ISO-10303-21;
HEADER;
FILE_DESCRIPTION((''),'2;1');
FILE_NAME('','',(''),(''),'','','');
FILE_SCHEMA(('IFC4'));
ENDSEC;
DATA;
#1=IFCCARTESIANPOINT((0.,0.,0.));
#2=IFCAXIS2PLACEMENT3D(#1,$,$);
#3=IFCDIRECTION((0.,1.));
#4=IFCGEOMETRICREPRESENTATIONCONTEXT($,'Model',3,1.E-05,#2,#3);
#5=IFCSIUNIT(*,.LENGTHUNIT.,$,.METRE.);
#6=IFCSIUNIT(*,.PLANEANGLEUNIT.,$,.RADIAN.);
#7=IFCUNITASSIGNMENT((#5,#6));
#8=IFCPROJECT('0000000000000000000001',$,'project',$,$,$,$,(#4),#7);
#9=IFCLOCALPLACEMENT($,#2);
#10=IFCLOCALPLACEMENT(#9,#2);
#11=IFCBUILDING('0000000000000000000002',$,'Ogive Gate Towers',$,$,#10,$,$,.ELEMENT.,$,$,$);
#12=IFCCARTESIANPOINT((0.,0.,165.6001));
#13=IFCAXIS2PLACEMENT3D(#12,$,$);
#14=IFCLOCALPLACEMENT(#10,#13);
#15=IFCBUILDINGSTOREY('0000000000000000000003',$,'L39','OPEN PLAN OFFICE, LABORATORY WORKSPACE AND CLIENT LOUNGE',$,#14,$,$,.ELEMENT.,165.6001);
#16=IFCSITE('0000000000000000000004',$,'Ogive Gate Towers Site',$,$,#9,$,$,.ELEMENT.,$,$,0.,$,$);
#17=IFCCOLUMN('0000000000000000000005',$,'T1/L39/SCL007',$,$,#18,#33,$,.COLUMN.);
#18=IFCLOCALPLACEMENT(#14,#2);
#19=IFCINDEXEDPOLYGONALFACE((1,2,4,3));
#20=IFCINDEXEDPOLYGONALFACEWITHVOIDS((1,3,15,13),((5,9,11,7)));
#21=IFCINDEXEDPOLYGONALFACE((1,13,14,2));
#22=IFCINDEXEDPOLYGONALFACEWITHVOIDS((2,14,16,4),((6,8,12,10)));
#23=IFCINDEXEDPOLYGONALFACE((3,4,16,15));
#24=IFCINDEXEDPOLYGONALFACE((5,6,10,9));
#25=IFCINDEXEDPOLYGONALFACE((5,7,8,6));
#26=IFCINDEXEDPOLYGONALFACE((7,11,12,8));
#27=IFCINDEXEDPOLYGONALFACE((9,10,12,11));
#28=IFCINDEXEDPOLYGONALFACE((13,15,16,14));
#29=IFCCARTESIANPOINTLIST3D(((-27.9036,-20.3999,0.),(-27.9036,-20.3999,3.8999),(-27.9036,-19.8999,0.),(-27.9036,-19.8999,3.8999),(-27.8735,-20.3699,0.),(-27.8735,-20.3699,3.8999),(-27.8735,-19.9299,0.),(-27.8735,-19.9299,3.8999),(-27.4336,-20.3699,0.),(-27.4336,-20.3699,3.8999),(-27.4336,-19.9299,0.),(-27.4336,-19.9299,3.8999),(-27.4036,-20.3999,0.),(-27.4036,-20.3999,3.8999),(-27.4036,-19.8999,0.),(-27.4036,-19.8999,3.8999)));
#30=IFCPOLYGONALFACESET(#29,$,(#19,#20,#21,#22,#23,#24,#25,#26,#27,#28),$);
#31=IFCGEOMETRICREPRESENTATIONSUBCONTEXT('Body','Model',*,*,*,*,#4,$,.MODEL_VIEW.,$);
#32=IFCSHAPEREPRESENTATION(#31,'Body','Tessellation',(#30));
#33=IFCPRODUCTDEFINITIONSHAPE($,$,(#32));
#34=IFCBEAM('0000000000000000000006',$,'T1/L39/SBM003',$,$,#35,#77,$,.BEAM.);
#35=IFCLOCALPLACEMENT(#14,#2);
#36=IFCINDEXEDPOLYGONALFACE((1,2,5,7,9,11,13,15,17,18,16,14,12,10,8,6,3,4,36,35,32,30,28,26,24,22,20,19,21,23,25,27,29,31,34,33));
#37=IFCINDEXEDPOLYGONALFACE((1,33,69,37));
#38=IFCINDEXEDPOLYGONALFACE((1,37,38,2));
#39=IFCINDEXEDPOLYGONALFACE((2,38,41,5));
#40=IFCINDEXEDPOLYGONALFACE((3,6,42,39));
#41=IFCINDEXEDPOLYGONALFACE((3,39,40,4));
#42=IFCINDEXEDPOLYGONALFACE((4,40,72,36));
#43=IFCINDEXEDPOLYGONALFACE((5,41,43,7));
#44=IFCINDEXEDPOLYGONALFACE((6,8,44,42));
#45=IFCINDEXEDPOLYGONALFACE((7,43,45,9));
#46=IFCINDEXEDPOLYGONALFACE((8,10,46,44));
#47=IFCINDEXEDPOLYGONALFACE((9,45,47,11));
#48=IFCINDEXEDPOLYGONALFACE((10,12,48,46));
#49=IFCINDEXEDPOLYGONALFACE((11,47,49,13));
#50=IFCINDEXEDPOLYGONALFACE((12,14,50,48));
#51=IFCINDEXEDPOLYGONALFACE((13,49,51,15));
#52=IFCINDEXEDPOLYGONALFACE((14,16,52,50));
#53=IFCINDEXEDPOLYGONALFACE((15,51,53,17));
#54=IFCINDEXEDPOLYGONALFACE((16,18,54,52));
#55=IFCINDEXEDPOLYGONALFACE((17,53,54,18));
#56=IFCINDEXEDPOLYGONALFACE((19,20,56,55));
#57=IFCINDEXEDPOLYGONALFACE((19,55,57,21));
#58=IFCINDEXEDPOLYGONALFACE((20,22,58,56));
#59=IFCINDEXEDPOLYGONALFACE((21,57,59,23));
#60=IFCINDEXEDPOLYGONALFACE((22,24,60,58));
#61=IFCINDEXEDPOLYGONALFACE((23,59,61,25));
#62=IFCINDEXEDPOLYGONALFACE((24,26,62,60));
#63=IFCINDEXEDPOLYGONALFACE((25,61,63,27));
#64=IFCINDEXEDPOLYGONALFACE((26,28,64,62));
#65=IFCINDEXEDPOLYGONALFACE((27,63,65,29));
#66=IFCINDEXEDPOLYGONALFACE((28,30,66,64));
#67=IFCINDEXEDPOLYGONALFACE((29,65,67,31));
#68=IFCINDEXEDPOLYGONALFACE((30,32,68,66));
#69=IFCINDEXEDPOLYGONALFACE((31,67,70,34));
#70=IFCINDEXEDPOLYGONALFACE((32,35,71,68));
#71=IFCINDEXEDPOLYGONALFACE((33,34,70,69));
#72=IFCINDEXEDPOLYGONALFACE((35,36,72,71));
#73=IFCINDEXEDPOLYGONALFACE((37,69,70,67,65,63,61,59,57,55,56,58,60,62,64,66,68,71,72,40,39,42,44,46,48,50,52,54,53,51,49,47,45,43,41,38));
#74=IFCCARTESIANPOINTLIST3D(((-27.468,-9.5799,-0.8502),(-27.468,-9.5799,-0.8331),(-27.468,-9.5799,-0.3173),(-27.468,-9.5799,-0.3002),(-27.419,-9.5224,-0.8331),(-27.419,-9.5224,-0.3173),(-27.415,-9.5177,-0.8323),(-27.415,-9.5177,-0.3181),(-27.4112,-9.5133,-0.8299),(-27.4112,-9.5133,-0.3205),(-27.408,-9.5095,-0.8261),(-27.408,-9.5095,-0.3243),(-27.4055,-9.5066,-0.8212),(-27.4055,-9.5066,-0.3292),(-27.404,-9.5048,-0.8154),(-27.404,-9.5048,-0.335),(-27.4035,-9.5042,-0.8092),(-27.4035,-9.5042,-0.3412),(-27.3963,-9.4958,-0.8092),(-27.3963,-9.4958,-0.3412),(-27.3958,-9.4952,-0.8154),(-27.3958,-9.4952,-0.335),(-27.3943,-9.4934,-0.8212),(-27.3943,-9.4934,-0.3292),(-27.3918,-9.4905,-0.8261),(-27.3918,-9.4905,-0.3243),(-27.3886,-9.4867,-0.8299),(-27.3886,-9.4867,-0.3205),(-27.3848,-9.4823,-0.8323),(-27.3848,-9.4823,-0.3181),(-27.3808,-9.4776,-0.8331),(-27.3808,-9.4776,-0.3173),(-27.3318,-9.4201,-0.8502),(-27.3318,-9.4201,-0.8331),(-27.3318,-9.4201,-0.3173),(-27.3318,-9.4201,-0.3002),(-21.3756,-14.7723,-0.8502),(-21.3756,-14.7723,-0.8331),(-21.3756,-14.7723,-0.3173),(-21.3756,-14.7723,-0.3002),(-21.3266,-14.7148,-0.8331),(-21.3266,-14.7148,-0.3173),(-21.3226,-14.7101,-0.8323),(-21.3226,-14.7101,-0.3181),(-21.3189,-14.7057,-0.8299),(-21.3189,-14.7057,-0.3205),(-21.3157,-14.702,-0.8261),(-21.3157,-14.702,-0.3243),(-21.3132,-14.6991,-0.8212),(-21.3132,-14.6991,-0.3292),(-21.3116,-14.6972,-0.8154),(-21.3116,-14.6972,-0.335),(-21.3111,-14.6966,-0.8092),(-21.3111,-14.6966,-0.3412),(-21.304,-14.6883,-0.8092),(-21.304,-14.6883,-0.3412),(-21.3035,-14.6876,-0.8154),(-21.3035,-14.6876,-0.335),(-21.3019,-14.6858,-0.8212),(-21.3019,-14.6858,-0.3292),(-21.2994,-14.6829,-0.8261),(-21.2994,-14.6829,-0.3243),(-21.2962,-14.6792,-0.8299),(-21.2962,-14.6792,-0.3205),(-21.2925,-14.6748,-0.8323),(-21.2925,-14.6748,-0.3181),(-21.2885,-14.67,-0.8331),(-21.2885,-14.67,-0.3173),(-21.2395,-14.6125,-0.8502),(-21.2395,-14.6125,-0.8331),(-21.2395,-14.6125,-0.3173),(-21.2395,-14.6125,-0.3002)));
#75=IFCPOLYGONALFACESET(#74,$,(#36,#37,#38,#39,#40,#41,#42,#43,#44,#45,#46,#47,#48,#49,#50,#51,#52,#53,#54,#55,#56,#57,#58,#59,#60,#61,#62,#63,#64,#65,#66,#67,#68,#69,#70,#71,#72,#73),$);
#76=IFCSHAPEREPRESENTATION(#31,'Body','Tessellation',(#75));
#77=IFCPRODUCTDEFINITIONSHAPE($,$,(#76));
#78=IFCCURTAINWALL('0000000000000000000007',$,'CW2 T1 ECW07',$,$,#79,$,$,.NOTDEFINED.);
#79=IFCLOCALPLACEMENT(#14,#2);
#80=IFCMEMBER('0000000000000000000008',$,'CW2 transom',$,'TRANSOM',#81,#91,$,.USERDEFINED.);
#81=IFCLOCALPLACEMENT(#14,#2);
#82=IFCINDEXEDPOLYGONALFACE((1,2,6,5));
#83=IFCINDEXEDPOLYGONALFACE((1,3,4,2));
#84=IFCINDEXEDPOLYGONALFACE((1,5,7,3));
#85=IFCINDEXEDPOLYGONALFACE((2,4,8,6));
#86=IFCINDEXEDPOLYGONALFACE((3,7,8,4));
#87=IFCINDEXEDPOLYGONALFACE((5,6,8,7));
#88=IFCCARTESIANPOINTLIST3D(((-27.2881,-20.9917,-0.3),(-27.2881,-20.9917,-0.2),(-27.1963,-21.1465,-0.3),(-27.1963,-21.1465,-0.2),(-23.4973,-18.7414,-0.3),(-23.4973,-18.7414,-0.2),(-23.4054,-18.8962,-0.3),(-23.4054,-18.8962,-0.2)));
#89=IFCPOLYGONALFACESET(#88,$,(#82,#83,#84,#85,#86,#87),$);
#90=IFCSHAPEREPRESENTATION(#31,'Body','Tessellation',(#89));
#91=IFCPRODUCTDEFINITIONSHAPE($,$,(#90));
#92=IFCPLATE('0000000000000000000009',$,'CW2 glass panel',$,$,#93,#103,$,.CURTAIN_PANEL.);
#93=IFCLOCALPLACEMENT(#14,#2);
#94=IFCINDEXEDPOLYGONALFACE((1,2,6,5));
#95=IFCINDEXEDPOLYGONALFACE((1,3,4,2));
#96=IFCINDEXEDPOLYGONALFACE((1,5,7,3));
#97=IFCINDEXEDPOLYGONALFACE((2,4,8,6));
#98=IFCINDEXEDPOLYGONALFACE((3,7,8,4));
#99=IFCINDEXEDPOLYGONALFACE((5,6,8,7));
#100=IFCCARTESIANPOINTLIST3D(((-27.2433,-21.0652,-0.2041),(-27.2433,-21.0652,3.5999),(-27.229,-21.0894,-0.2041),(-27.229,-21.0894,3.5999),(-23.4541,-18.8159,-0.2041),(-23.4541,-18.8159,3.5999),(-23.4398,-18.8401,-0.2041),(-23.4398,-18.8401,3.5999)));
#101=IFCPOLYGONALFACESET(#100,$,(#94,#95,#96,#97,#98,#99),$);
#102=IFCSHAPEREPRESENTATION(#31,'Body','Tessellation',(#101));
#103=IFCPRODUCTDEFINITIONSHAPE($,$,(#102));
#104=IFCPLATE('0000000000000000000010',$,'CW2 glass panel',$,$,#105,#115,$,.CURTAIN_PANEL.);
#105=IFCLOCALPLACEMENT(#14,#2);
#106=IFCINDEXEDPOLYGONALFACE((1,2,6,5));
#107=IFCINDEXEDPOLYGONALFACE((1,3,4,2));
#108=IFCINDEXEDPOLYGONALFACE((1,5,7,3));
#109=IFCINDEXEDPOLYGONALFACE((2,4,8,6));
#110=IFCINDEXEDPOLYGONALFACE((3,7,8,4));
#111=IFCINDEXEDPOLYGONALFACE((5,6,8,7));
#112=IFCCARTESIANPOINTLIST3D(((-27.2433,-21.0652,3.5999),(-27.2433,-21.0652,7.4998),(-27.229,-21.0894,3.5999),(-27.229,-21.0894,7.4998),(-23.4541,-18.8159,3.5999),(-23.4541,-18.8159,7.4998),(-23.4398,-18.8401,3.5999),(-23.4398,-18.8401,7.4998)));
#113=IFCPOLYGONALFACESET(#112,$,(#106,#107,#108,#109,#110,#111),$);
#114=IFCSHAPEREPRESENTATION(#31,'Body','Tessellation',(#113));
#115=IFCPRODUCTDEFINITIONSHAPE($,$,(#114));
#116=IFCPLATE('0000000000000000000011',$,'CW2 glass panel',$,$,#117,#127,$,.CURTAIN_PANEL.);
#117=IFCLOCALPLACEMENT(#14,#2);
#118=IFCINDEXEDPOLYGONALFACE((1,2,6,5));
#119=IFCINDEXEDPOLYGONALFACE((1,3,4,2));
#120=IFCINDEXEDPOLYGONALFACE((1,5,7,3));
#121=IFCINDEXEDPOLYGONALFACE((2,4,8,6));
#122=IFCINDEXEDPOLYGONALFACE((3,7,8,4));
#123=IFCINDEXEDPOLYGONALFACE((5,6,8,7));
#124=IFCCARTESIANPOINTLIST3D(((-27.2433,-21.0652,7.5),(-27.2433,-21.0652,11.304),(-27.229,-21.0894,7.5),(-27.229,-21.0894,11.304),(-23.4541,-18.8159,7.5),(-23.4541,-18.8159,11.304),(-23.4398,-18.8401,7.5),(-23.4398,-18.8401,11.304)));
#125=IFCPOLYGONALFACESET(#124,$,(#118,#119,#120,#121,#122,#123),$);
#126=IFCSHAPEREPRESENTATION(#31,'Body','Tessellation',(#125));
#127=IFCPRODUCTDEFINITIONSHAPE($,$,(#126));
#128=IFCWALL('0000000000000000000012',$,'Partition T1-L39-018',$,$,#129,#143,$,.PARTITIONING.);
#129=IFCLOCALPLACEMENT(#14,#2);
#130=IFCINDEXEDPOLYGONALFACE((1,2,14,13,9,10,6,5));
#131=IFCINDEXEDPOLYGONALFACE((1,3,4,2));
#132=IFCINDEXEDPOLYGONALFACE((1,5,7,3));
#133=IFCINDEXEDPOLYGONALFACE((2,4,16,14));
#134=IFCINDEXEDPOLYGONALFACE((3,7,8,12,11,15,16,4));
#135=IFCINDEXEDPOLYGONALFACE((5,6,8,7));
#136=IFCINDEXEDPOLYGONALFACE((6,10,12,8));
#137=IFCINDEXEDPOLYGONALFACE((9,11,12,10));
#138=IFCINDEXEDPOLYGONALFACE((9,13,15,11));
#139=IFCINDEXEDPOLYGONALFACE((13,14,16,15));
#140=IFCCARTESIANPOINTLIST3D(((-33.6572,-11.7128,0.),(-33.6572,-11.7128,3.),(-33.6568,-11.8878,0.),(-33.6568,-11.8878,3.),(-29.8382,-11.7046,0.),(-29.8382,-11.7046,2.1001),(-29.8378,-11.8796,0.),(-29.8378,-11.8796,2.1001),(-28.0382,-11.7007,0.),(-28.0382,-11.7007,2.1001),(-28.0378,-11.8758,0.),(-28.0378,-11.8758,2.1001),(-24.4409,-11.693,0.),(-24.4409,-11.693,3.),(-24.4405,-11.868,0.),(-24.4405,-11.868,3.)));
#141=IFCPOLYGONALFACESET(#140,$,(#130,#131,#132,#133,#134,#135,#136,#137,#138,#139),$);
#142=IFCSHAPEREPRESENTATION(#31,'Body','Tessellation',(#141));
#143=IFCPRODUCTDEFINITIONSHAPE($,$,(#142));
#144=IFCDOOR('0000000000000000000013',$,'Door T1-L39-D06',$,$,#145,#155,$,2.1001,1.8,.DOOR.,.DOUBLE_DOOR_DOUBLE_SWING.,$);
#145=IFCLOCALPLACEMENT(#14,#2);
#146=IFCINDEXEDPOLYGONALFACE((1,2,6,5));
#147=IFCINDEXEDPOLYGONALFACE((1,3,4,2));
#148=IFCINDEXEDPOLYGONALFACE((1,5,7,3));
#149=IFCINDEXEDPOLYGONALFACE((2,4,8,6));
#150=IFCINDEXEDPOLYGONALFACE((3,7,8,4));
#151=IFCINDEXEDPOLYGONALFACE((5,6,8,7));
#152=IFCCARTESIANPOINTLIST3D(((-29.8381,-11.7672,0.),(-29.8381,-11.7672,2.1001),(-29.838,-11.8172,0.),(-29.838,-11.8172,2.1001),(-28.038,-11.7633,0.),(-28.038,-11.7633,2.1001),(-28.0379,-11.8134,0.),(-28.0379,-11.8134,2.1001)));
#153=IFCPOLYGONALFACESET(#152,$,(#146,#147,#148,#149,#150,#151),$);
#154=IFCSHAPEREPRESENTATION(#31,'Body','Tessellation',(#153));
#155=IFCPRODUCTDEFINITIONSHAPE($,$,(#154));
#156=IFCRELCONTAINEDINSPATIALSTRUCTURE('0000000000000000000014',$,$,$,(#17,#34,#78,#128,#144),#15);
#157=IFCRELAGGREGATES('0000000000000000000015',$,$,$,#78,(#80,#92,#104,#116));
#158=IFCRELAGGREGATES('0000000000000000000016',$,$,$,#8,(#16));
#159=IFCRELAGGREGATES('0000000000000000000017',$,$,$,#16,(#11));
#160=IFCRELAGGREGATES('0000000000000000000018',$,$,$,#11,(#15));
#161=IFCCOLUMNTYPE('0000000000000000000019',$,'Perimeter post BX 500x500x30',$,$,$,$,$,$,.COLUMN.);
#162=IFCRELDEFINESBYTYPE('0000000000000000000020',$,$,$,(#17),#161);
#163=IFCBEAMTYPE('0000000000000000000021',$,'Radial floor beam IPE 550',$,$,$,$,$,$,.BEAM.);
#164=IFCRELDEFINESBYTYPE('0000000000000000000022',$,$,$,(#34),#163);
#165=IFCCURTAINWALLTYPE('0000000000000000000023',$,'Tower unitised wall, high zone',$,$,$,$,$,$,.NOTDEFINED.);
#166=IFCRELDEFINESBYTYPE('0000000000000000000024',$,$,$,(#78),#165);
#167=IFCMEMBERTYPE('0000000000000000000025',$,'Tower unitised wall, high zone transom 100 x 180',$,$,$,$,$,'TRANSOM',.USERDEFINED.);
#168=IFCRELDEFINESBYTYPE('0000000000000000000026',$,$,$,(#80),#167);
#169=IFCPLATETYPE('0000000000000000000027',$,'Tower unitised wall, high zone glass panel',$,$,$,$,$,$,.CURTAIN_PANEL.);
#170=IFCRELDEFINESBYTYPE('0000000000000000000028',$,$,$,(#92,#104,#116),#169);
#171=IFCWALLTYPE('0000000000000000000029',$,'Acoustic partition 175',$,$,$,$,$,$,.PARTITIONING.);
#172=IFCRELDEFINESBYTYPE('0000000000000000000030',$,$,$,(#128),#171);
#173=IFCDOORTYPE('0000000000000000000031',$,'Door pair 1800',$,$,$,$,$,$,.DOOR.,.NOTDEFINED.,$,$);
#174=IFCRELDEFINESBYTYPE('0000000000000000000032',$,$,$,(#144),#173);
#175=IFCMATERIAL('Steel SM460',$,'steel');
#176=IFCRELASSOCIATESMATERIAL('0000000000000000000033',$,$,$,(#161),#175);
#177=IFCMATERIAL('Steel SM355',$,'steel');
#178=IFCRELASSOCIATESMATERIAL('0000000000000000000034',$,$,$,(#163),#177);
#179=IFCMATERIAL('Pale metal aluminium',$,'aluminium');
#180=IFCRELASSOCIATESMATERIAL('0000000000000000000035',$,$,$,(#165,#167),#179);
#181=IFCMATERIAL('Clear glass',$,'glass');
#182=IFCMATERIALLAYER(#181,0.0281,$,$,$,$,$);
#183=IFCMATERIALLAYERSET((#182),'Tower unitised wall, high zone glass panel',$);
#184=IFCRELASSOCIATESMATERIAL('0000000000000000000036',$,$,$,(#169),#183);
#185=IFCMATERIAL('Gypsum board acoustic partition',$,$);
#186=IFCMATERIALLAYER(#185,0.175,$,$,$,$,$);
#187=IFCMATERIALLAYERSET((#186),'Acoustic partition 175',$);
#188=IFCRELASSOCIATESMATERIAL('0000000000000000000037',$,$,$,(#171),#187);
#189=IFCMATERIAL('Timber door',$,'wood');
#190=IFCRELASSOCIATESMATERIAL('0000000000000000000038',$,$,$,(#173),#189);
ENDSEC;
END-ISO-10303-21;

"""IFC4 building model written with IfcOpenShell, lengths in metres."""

from ifc_helpers import new_model, si_unit, direction, frame, frame_2d, origin, origin_2d, place, context, subcontext, project, spatial, rectangle, hollow_rectangle, i_section, extrude, material, layer, layer_set, material_profile, profile_set, type_object, element, fill, aggregate, save


model = new_model("IFC4")

# Units and contexts
model_context = context("Model", 3, precision=1e-05, world=origin(), true_north=direction((0.0, 1.0)))
body_context = subcontext(model_context, "Body", "Model", "MODEL_VIEW")
ifc_project = project(units=[si_unit("LENGTHUNIT", "METRE"), si_unit("PLANEANGLEUNIT", "RADIAN")], contexts=[model_context])

# Site, building, storey
site_placement = place(None, origin())
site = spatial("IfcSite", under=ifc_project, at=site_placement, Name="Ogive Gate Towers Site", CompositionType="ELEMENT", RefElevation=0.0)
building_placement = place(site_placement, origin())
building = spatial("IfcBuilding", under=site, at=building_placement, Name="Ogive Gate Towers", CompositionType="ELEMENT")
storey_placement = place(building_placement, frame((0.0, 0.0, 165.6001)))
storey = spatial("IfcBuildingStorey", under=building, at=storey_placement, Name="L39", Description="OPEN PLAN OFFICE, LABORATORY WORKSPACE AND CLIENT LOUNGE", CompositionType="ELEMENT", Elevation=165.6001)

# Column
ifc_material_1 = material(Name="Steel SM460", Category="steel")
ifc_material_profile_1 = material_profile(ifc_material_1, hollow_rectangle(XDim=0.5, YDim=0.5, WallThickness=0.03, at=origin_2d()), Name="BX 500x500x30")
ifc_profile_set_1 = profile_set([ifc_material_profile_1], Name="Steel SM460")
column_type = type_object("IfcColumnType", Name="Perimeter post BX 500x500x30", PredefinedType="COLUMN", material=ifc_profile_set_1)
column_placement = place(storey_placement, frame((-27.6536, -20.1499, 0.0), z_axis=(0.0, 0.0, 1.0), x_axis=(1.0, 0.0, 0.0)))
element("IfcColumn", 1, at=column_placement, inside=storey, type_object=column_type, Name="T1/L39/SCL007", PredefinedType="COLUMN", context=body_context, shape_type="SweptSolid", body=[
    extrude(hollow_rectangle(XDim=0.5, YDim=0.5, WallThickness=0.03, at=origin_2d()), origin(), (0.0, 0.0, 1.0), 3.8999),
])

# Beam
ifc_material_2 = material(Name="Steel SM355", Category="steel")
ifc_material_profile_2 = material_profile(ifc_material_2, i_section(OverallWidth=0.21, OverallDepth=0.55, WebThickness=0.011, FlangeThickness=0.0171, FilletRadius=0.0239, at=origin_2d()), Name="IPE 550")
ifc_profile_set_2 = profile_set([ifc_material_profile_2], Name="Steel SM355")
beam_type = type_object("IfcBeamType", Name="Radial floor beam IPE 550", PredefinedType="BEAM", material=ifc_profile_set_2)
beam_placement = place(storey_placement, frame((-27.3999, -9.5, -0.5752), z_axis=(0.761079, -0.648659, 0.0), x_axis=(0.648659, 0.761079, 0.0)))
element("IfcBeam", 2, at=beam_placement, inside=storey, type_object=beam_type, Name="T1/L39/SBM003", PredefinedType="BEAM", context=body_context, shape_type="SweptSolid", body=[
    extrude(i_section(OverallWidth=0.21, OverallDepth=0.55, WebThickness=0.011, FlangeThickness=0.0171, FilletRadius=0.0239, at=origin_2d()), origin(), (0.0, 0.0, 1.0), 8.0049),
])

# Curtain wall, member, plates
ifc_material_3 = material(Name="Pale metal aluminium", Category="aluminium")
curtain_wall_type = type_object("IfcCurtainWallType", Name="Tower unitised wall, high zone", PredefinedType="NOTDEFINED", material=ifc_material_3)
curtain_wall_placement = place(storey_placement, origin())
curtain_wall = element("IfcCurtainWall", 3, at=curtain_wall_placement, inside=storey, type_object=curtain_wall_type, Name="CW2 T1 ECW07", PredefinedType="NOTDEFINED")
ifc_material_profile_3 = material_profile(ifc_material_3, rectangle(XDim=0.1799, YDim=0.1001, at=origin_2d()), Name="100 x 180 aluminium box")
ifc_profile_set_3 = profile_set([ifc_material_profile_3], Name="Pale metal aluminium")
member_type = type_object("IfcMemberType", Name="Tower unitised wall, high zone transom 100 x 180", ElementType="TRANSOM", PredefinedType="USERDEFINED", material=ifc_profile_set_3)
member_placement = place(storey_placement, frame((-27.2422, -21.0691, -0.25), z_axis=(0.859907, 0.51045, 0.0), x_axis=(-0.51045, 0.859907, 0.0)))
member = element("IfcMember", 4, at=member_placement, type_object=member_type, Name="CW2 transom", ObjectType="TRANSOM", PredefinedType="USERDEFINED", context=body_context, shape_type="SweptSolid", body=[
    extrude(rectangle(XDim=0.1799, YDim=0.1001, at=origin_2d()), origin(), (0.0, 0.0, 1.0), 4.4084),
])
ifc_material_4 = material(Name="Clear glass", Category="glass")
ifc_layer_1 = layer(ifc_material_4, 0.0281)
ifc_layer_set_1 = layer_set([ifc_layer_1], Name="Tower unitised wall, high zone glass panel")
plate_type = type_object("IfcPlateType", Name="Tower unitised wall, high zone glass panel", PredefinedType="CURTAIN_PANEL", material=ifc_layer_set_1)
plate_1_placement = place(storey_placement, frame((-25.3416, -19.9526, -0.2041), z_axis=(0.0, 0.0, 1.0), x_axis=(0.859906, 0.510453, 0.0)))
plate_1 = element("IfcPlate", 5, at=plate_1_placement, type_object=plate_type, Name="CW2 glass panel", PredefinedType="CURTAIN_PANEL", context=body_context, shape_type="SweptSolid", body=[
    extrude(rectangle(XDim=4.4065, YDim=0.0281, at=origin_2d()), origin(), (0.0, 0.0, 1.0), 3.804),
])
plate_2_placement = place(storey_placement, frame((-25.3416, -19.9526, 3.5999), z_axis=(0.0, 0.0, 1.0), x_axis=(0.859906, 0.510453, 0.0)))
plate_2 = element("IfcPlate", 6, at=plate_2_placement, type_object=plate_type, Name="CW2 glass panel", PredefinedType="CURTAIN_PANEL", context=body_context, shape_type="SweptSolid", body=[
    extrude(rectangle(XDim=4.4065, YDim=0.0281, at=origin_2d()), origin(), (0.0, 0.0, 1.0), 3.8999),
])
plate_3_placement = place(storey_placement, frame((-25.3416, -19.9526, 7.5), z_axis=(0.0, 0.0, 1.0), x_axis=(0.859906, 0.510453, 0.0)))
plate_3 = element("IfcPlate", 7, at=plate_3_placement, type_object=plate_type, Name="CW2 glass panel", PredefinedType="CURTAIN_PANEL", context=body_context, shape_type="SweptSolid", body=[
    extrude(rectangle(XDim=4.4065, YDim=0.0281, at=origin_2d()), origin(), (0.0, 0.0, 1.0), 3.804),
])
aggregate(curtain_wall, [member, plate_1, plate_2, plate_3])

# Wall, opening, door
ifc_material_5 = material(Name="Gypsum board acoustic partition")
ifc_layer_2 = layer(ifc_material_5, 0.175)
ifc_layer_set_2 = layer_set([ifc_layer_2], Name="Acoustic partition 175")
wall_type_1 = type_object("IfcWallType", Name="Acoustic partition 175", PredefinedType="PARTITIONING", material=ifc_layer_set_2)
wall_1_placement = place(storey_placement, frame((-33.657, -11.8003, 0.0), z_axis=(0.0, 0.0, 1.0), x_axis=(0.999998, 0.002146, 0.0)))
wall_1 = element("IfcWall", 8, at=wall_1_placement, inside=storey, type_object=wall_type_1, Name="Partition T1-L39-018", PredefinedType="PARTITIONING", context=body_context, shape_type="SweptSolid", body=[
    extrude(rectangle(XDim=9.2163, YDim=0.175, at=frame_2d((4.6082, 0.0))), origin(), (0.0, 0.0, 1.0), 3.0),
])
opening_1_placement = place(wall_1_placement, frame((3.8191, 0.0, 0.0)))
opening_1 = element("IfcOpeningElement", 9, at=opening_1_placement, cuts=wall_1, PredefinedType="OPENING", context=body_context, shape_type="SweptSolid", body=[
    extrude(rectangle(XDim=1.8, YDim=2.1001, at=frame_2d((0.8999, 1.05))), frame((0.0, 0.0977, 0.0), z_axis=(0.0, -1.0, 0.0), x_axis=(1.0, 0.0, 0.0)), (0.0, 0.0, 1.0), 0.1951),
])
ifc_material_6 = material(Name="Timber door", Category="wood")
door_type_1 = type_object("IfcDoorType", Name="Door pair 1800", OperationType="NOTDEFINED", PredefinedType="DOOR", material=ifc_material_6)
door_1_placement = place(opening_1_placement, origin())
door_1 = element("IfcDoor", 10, at=door_1_placement, inside=storey, type_object=door_type_1, Name="Door T1-L39-D06", OperationType="DOUBLE_DOOR_DOUBLE_SWING", OverallHeight=2.1001, OverallWidth=1.8, PredefinedType="DOOR", context=body_context, shape_type="SweptSolid", body=[
    extrude(rectangle(XDim=1.8, YDim=2.1001, at=frame_2d((0.8999, 1.05))), frame((0.0, 0.0249, 0.0), z_axis=(0.0, -1.0, 0.0), x_axis=(1.0, 0.0, 0.0)), (0.0, 0.0, 1.0), 0.05),
])
fill(opening_1, door_1)

save(model, "model.ifc")
